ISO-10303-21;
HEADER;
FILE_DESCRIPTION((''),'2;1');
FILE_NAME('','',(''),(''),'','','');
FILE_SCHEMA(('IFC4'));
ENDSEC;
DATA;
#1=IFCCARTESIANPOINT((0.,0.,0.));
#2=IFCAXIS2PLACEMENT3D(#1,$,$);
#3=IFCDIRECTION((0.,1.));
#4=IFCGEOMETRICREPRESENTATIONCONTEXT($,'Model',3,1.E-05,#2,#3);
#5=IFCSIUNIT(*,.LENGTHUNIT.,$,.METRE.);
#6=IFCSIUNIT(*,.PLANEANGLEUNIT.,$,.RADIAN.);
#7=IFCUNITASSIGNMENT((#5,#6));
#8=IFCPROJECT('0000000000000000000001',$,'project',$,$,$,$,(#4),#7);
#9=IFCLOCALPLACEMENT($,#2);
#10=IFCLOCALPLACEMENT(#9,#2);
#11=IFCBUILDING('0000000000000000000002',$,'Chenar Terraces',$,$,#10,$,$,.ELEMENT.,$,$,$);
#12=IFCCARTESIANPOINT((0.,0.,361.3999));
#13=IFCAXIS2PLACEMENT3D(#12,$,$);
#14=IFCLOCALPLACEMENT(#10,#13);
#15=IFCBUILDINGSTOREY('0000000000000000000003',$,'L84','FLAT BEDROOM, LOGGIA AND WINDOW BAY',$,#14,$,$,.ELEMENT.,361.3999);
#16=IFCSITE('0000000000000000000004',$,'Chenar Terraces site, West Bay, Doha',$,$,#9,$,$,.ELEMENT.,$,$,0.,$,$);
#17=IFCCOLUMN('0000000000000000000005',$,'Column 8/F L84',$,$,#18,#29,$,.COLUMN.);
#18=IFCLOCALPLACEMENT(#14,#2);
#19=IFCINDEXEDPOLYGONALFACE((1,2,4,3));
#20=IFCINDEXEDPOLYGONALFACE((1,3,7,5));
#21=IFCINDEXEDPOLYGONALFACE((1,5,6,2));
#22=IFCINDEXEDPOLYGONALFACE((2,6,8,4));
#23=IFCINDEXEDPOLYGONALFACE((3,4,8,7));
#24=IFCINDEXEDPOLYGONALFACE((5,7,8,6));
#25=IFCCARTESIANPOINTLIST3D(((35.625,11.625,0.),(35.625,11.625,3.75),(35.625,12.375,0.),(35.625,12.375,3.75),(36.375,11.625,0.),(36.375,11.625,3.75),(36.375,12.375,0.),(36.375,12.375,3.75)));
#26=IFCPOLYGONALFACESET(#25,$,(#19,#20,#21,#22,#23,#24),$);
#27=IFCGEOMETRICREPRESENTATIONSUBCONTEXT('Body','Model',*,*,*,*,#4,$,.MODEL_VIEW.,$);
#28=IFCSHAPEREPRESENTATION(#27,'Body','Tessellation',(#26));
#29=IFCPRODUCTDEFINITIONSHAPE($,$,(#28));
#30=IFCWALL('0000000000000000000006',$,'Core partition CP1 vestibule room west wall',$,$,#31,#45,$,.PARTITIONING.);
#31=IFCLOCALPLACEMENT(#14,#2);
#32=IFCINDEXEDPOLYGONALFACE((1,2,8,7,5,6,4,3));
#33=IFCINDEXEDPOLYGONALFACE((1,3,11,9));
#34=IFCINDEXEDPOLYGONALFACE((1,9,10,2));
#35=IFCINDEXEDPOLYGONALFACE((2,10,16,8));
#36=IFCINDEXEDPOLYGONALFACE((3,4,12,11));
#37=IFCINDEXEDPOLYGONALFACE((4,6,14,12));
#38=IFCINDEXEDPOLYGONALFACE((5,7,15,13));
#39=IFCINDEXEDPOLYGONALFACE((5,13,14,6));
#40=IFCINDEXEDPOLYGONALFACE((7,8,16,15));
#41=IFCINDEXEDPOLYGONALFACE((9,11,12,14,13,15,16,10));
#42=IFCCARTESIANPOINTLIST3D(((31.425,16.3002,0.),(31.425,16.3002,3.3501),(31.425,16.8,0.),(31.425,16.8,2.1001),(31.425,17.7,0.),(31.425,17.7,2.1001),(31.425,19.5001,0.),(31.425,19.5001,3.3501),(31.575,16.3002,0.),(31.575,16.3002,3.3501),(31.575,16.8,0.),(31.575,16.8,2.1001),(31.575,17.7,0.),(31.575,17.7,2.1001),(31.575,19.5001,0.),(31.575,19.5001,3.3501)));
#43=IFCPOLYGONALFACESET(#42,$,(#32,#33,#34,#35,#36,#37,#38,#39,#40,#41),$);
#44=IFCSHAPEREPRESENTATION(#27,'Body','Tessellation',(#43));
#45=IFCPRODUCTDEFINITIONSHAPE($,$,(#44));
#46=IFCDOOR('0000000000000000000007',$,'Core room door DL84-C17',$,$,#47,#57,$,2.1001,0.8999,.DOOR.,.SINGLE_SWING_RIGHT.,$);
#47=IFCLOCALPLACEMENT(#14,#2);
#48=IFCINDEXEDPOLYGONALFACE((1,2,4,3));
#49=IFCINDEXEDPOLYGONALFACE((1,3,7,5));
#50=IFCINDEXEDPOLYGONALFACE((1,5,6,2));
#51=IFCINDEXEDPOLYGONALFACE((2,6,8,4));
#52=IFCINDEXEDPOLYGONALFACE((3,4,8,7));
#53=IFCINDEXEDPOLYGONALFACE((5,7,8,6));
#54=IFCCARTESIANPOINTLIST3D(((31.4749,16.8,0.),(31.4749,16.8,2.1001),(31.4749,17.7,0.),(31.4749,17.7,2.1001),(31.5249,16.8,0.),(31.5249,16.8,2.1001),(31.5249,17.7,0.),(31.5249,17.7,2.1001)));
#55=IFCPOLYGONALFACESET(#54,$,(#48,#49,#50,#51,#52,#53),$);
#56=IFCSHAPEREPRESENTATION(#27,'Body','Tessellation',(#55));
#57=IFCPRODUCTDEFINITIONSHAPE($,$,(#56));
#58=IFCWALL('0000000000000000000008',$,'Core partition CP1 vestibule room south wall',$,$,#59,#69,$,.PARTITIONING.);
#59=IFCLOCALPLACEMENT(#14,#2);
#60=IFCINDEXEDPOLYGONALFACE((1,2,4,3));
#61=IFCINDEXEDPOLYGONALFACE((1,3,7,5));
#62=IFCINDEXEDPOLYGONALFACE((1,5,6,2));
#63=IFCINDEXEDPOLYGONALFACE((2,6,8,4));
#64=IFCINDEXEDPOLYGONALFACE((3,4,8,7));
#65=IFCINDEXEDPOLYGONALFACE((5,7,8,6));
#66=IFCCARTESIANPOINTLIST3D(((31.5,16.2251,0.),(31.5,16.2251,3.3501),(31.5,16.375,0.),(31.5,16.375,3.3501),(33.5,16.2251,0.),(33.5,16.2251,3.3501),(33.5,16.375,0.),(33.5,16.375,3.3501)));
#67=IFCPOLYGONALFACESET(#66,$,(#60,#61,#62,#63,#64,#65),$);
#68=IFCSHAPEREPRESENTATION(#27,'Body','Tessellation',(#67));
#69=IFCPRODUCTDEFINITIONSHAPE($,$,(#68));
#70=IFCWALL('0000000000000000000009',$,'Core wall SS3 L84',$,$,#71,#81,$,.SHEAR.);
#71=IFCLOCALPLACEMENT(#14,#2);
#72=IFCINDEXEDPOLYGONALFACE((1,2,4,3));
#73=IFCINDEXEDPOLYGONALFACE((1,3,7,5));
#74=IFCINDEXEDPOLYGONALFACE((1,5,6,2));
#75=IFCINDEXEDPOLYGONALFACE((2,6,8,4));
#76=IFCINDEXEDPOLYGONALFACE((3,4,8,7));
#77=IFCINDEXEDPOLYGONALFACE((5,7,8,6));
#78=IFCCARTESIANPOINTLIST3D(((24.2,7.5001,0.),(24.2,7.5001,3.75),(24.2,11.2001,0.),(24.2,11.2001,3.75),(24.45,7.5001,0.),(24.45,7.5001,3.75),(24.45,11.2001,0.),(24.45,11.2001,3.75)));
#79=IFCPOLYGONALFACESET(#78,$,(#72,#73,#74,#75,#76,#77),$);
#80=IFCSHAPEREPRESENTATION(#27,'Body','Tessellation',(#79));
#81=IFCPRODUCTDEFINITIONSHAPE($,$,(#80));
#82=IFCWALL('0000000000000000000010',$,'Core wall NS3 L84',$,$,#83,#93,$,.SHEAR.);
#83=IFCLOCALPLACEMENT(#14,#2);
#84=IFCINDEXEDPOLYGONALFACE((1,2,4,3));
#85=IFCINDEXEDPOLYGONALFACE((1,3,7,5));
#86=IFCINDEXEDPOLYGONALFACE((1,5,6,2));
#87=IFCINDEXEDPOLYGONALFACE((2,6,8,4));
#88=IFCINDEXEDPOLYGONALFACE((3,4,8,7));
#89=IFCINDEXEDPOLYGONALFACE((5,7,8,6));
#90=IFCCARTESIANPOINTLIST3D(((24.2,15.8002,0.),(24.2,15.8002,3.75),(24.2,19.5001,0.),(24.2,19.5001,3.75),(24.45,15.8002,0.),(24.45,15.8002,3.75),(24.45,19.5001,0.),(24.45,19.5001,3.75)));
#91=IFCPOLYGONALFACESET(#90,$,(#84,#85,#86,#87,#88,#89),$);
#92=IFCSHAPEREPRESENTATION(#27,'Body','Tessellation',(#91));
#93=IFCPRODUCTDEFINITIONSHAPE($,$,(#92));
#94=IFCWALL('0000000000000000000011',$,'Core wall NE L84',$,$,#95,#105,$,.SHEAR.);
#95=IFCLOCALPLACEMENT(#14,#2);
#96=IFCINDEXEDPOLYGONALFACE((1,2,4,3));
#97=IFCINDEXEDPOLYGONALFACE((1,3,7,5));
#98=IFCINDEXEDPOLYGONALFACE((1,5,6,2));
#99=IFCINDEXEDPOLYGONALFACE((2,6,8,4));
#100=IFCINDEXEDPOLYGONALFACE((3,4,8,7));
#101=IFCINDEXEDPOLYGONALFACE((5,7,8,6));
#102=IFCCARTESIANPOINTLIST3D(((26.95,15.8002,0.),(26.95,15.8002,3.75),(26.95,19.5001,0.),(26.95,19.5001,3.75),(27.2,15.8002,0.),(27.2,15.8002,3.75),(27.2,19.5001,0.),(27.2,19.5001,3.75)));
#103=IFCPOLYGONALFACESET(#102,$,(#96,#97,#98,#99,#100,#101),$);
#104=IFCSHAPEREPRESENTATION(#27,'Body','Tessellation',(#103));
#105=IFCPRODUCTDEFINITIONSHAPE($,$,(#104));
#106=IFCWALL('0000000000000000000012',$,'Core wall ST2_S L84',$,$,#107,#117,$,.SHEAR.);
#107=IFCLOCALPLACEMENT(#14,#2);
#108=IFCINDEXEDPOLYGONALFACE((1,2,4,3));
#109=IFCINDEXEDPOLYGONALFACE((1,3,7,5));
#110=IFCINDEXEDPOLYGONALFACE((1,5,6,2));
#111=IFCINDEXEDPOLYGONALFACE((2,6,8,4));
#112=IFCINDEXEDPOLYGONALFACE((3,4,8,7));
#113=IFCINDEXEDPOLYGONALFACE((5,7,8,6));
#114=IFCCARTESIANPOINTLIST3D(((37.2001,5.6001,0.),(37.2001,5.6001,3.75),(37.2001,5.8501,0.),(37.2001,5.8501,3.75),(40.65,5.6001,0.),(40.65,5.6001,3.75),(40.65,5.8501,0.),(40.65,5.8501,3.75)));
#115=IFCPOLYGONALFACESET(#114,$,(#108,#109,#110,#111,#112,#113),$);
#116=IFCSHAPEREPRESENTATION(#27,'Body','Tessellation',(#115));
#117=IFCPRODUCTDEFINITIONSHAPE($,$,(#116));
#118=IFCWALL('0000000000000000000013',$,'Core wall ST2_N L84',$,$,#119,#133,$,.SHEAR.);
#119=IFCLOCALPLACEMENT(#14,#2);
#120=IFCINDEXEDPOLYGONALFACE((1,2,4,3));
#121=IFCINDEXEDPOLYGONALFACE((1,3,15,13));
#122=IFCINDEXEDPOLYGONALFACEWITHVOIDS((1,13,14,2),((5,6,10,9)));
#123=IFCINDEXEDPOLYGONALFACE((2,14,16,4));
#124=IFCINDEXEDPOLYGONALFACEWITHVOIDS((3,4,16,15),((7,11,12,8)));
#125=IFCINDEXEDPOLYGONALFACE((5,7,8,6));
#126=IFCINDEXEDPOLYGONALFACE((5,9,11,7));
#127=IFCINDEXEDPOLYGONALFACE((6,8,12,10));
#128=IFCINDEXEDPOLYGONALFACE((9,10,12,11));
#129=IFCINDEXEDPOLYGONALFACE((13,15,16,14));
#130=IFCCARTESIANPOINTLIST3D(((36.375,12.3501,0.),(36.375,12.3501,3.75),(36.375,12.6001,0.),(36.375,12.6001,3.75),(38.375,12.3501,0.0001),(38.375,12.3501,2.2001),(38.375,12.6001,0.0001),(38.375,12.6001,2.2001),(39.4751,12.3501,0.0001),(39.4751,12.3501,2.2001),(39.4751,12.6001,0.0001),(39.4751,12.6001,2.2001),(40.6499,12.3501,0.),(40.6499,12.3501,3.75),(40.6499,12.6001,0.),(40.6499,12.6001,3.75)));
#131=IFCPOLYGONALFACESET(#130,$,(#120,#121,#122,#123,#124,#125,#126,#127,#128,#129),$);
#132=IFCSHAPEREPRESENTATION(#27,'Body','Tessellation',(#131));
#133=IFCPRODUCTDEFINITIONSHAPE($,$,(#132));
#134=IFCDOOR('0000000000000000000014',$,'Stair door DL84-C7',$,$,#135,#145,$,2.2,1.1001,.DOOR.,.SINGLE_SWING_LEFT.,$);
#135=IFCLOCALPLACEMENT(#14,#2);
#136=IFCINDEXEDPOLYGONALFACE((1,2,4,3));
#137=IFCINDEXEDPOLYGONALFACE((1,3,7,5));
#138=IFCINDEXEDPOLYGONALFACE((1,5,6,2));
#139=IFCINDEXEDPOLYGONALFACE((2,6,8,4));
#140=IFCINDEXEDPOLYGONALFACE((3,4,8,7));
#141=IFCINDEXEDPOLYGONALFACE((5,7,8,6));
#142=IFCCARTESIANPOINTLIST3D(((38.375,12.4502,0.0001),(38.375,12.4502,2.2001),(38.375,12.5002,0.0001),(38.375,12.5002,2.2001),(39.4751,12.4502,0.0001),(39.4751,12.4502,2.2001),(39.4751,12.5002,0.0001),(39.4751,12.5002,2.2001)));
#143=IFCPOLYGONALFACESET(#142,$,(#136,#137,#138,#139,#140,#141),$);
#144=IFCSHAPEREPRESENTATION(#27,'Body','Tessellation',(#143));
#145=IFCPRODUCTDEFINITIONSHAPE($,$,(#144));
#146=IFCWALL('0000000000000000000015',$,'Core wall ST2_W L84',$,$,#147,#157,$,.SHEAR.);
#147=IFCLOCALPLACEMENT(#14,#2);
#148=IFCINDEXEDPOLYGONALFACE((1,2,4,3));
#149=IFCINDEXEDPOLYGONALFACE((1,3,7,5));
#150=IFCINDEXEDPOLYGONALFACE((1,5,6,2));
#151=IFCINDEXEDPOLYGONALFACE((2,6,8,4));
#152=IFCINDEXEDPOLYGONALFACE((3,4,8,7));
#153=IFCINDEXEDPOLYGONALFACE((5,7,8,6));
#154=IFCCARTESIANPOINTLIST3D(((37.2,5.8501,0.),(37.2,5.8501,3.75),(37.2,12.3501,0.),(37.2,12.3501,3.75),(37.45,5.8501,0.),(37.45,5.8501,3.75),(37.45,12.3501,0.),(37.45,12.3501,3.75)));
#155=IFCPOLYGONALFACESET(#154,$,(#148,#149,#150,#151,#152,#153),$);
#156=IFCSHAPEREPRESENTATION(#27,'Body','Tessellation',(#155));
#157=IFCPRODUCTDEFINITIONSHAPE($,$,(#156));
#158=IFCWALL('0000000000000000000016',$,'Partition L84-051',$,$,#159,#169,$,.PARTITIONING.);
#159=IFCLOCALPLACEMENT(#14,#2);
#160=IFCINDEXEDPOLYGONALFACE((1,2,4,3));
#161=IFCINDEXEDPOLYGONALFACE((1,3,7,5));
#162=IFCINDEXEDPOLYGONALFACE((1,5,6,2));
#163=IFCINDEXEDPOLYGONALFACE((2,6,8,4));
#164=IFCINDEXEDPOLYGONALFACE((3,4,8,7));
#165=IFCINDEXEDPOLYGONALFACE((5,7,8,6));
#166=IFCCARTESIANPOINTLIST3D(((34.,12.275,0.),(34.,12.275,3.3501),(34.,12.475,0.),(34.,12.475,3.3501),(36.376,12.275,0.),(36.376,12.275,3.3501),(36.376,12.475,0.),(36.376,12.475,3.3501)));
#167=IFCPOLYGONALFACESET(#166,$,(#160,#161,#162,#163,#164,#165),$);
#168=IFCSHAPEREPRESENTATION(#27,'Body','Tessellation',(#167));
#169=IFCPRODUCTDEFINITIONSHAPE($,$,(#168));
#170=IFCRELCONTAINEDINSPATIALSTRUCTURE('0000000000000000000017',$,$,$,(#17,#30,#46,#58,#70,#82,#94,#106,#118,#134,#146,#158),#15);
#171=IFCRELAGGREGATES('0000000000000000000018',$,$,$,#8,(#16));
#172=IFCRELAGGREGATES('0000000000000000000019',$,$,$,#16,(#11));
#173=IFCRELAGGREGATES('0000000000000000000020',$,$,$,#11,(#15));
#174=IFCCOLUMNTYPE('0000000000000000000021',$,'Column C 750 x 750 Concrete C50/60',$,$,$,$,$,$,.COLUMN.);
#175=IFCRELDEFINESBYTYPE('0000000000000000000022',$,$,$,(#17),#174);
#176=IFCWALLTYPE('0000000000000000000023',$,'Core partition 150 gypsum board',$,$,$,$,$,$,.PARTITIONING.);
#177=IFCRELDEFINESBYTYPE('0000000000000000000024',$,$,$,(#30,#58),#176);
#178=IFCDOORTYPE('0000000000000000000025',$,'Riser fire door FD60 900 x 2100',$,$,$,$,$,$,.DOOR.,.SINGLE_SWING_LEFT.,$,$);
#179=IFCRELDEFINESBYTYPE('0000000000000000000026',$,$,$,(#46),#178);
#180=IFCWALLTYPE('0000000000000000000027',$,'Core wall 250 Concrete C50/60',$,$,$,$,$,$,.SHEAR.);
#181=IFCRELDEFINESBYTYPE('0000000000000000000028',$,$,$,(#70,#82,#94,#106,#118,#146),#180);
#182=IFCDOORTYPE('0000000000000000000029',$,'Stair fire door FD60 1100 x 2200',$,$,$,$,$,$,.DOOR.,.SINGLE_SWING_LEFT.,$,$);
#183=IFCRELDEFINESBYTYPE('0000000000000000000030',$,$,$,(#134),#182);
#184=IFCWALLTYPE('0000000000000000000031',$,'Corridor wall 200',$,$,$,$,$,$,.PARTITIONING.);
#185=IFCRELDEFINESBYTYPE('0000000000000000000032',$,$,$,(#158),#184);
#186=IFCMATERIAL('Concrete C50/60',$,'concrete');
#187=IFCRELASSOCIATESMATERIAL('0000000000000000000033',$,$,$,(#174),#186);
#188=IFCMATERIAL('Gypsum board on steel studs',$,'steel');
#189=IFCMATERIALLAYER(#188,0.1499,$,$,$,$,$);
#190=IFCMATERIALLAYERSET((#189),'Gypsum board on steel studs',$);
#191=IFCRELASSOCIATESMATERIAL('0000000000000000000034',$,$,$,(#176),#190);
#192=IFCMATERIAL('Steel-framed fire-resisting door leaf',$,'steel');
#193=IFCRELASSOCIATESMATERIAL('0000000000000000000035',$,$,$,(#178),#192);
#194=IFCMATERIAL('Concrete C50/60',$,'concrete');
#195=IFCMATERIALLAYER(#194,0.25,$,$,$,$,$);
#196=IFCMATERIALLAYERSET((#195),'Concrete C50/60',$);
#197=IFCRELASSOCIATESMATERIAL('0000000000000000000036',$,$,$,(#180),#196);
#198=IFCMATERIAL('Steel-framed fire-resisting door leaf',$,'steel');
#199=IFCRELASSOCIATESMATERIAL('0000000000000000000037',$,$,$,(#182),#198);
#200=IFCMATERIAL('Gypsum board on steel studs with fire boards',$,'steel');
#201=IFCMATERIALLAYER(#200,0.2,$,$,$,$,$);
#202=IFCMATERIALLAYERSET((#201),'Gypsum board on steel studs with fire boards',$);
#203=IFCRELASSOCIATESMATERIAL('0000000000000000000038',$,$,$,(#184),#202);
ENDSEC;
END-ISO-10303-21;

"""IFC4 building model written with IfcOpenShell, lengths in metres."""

from ifc_helpers import new_model, si_unit, direction, frame, frame_2d, origin, origin_2d, place, context, subcontext, project, spatial, rectangle, extrude, material, layer, layer_set, material_profile, profile_set, type_object, element, fill, save


model = new_model("IFC4")

# Units and contexts
model_context = context("Model", 3, precision=1e-05, world=origin(), true_north=direction((0.0, 1.0)))
body_context = subcontext(model_context, "Body", "Model", "MODEL_VIEW")
ifc_project = project(units=[si_unit("LENGTHUNIT", "METRE"), si_unit("PLANEANGLEUNIT", "RADIAN")], contexts=[model_context])

# Site, building, storey
site_placement = place(None, origin())
site = spatial("IfcSite", under=ifc_project, at=site_placement, Name="Chenar Terraces site, West Bay, Doha", CompositionType="ELEMENT", RefElevation=0.0)
building_placement = place(site_placement, origin())
building = spatial("IfcBuilding", under=site, at=building_placement, Name="Chenar Terraces", CompositionType="ELEMENT")
storey_placement = place(building_placement, frame((0.0, 0.0, 361.3999)))
storey = spatial("IfcBuildingStorey", under=building, at=storey_placement, Name="L84", Description="FLAT BEDROOM, LOGGIA AND WINDOW BAY", CompositionType="ELEMENT", Elevation=361.3999)

# Column
ifc_material_1 = material(Name="Concrete C50/60", Category="concrete")
ifc_material_profile = material_profile(ifc_material_1, rectangle(XDim=0.75, YDim=0.75, at=origin_2d()), Name="C 750 x 750")
ifc_profile_set = profile_set([ifc_material_profile], Name="Concrete C50/60")
column_type = type_object("IfcColumnType", Name="Column C 750 x 750 Concrete C50/60", PredefinedType="COLUMN", material=ifc_profile_set)
column_placement = place(storey_placement, frame((36.0, 12.0, 0.0), z_axis=(0.0, 0.0, 1.0), x_axis=(1.0, 0.0, 0.0)))
element("IfcColumn", 1, at=column_placement, inside=storey, type_object=column_type, Name="Column 8/F L84", PredefinedType="COLUMN", context=body_context, shape_type="SweptSolid", body=[
    extrude(rectangle(XDim=0.75, YDim=0.75, at=origin_2d()), origin(), (0.0, 0.0, 1.0), 3.75),
])

# Wall, opening, door
ifc_material_2 = material(Name="Gypsum board on steel studs", Category="steel")
ifc_layer_1 = layer(ifc_material_2, 0.1499)
ifc_layer_set_1 = layer_set([ifc_layer_1], Name="Gypsum board on steel studs")
wall_type_1 = type_object("IfcWallType", Name="Core partition 150 gypsum board", PredefinedType="PARTITIONING", material=ifc_layer_set_1)
wall_1_placement = place(storey_placement, frame((31.5, 16.3, 0.0), z_axis=(0.0, 0.0, 1.0), x_axis=(0.0, 1.0, 0.0)))
wall_1 = element("IfcWall", 2, at=wall_1_placement, inside=storey, type_object=wall_type_1, Name="Core partition CP1 vestibule room west wall", PredefinedType="PARTITIONING", context=body_context, shape_type="SweptSolid", body=[
    extrude(rectangle(XDim=3.2, YDim=0.1499, at=frame_2d((1.6001, 0.0))), origin(), (0.0, 0.0, 1.0), 3.3501),
])
opening_1_placement = place(wall_1_placement, frame((0.5, 0.0, 0.0)))
opening_1 = element("IfcOpeningElement", 3, at=opening_1_placement, cuts=wall_1, PredefinedType="OPENING", context=body_context, shape_type="SweptSolid", body=[
    extrude(rectangle(XDim=0.8999, YDim=2.1001, at=frame_2d((0.45, 1.05))), frame((0.0, 0.085, 0.0), z_axis=(0.0, -1.0, 0.0), x_axis=(1.0, 0.0, 0.0)), (0.0, 0.0, 1.0), 0.1699),
])
ifc_material_3 = material(Name="Steel-framed fire-resisting door leaf", Category="steel")
door_type_1 = type_object("IfcDoorType", Name="Riser fire door FD60 900 x 2100", OperationType="SINGLE_SWING_LEFT", PredefinedType="DOOR", material=ifc_material_3)
door_1_placement = place(opening_1_placement, frame((0.8999, 0.0, 0.0), z_axis=(0.0, 0.0, 1.0), x_axis=(-1.0, 0.0, 0.0)))
door_1 = element("IfcDoor", 4, at=door_1_placement, inside=storey, type_object=door_type_1, Name="Core room door DL84-C17", OperationType="SINGLE_SWING_RIGHT", OverallHeight=2.1001, OverallWidth=0.8999, PredefinedType="DOOR", context=body_context, shape_type="SweptSolid", body=[
    extrude(rectangle(XDim=0.8999, YDim=2.1001, at=frame_2d((0.45, 1.05))), frame((0.0, 0.0249, 0.0), z_axis=(0.0, -1.0, 0.0), x_axis=(1.0, 0.0, 0.0)), (0.0, 0.0, 1.0), 0.05),
])
fill(opening_1, door_1)

# Walls
wall_2_placement = place(storey_placement, frame((31.5, 16.3, 0.0), z_axis=(0.0, 0.0, 1.0), x_axis=(1.0, 0.0, 0.0)))
element("IfcWall", 5, at=wall_2_placement, inside=storey, type_object=wall_type_1, Name="Core partition CP1 vestibule room south wall", PredefinedType="PARTITIONING", context=body_context, shape_type="SweptSolid", body=[
    extrude(rectangle(XDim=2.0, YDim=0.1499, at=frame_2d((1.0, 0.0))), origin(), (0.0, 0.0, 1.0), 3.3501),
])
ifc_material_4 = material(Name="Concrete C50/60", Category="concrete")
ifc_layer_2 = layer(ifc_material_4, 0.25)
ifc_layer_set_2 = layer_set([ifc_layer_2], Name="Concrete C50/60")
wall_type_2 = type_object("IfcWallType", Name="Core wall 250 Concrete C50/60", PredefinedType="SHEAR", material=ifc_layer_set_2)
for number, where, z_axis, x_axis, name in (
    (6, (24.325, 7.5, 0.0), (0.0, 0.0, 1.0), (0.0, 1.0, 0.0), "Core wall SS3 L84"),
    (7, (24.325, 15.8, 0.0), (0.0, 0.0, 1.0), (0.0, 1.0, 0.0), "Core wall NS3 L84"),
    (8, (27.075, 15.8, 0.0), (0.0, 0.0, 1.0), (0.0, 1.0, 0.0), "Core wall NE L84"),
):
    element("IfcWall", number, at=place(storey_placement, frame(where, z_axis=z_axis, x_axis=x_axis)), inside=storey, type_object=wall_type_2, Name=name, PredefinedType="SHEAR", context=body_context, shape_type="SweptSolid", body=[
        extrude(rectangle(XDim=3.7, YDim=0.25, at=frame_2d((1.8501, 0.0))), origin(), (0.0, 0.0, 1.0), 3.75),
    ])
wall_3_placement = place(storey_placement, frame((37.2, 5.7251, 0.0), z_axis=(0.0, 0.0, 1.0), x_axis=(1.0, 0.0, 0.0)))
element("IfcWall", 9, at=wall_3_placement, inside=storey, type_object=wall_type_2, Name="Core wall ST2_S L84", PredefinedType="SHEAR", context=body_context, shape_type="SweptSolid", body=[
    extrude(rectangle(XDim=3.45, YDim=0.25, at=frame_2d((1.7251, 0.0))), origin(), (0.0, 0.0, 1.0), 3.75),
])

# Wall, opening, door
wall_4_placement = place(storey_placement, frame((36.375, 12.4751, 0.0), z_axis=(0.0, 0.0, 1.0), x_axis=(1.0, 0.0, 0.0)))
wall_4 = element("IfcWall", 10, at=wall_4_placement, inside=storey, type_object=wall_type_2, Name="Core wall ST2_N L84", PredefinedType="SHEAR", context=body_context, shape_type="SweptSolid", body=[
    extrude(rectangle(XDim=4.2749, YDim=0.25, at=frame_2d((2.1375, 0.0))), origin(), (0.0, 0.0, 1.0), 3.75),
])
opening_2_placement = place(wall_4_placement, frame((2.0, 0.0, 0.0)))
opening_2 = element("IfcOpeningElement", 11, at=opening_2_placement, cuts=wall_4, PredefinedType="OPENING", context=body_context, shape_type="SweptSolid", body=[
    extrude(rectangle(XDim=1.1001, YDim=2.2, at=frame_2d((0.55, 1.1001))), frame((0.0, 0.135, 0.0), z_axis=(0.0, -1.0, 0.0), x_axis=(1.0, 0.0, 0.0)), (0.0, 0.0, 1.0), 0.27),
])
ifc_material_5 = material(Name="Steel-framed fire-resisting door leaf", Category="steel")
door_type_2 = type_object("IfcDoorType", Name="Stair fire door FD60 1100 x 2200", OperationType="SINGLE_SWING_LEFT", PredefinedType="DOOR", material=ifc_material_5)
door_2_placement = place(opening_2_placement, frame((1.1001, 0.0, 0.0), z_axis=(0.0, 0.0, 1.0), x_axis=(-1.0, 0.0, 0.0)))
door_2 = element("IfcDoor", 12, at=door_2_placement, inside=storey, type_object=door_type_2, Name="Stair door DL84-C7", OperationType="SINGLE_SWING_LEFT", OverallHeight=2.2, OverallWidth=1.1001, PredefinedType="DOOR", context=body_context, shape_type="SweptSolid", body=[
    extrude(rectangle(XDim=1.1001, YDim=2.2, at=frame_2d((0.55, 1.1001))), frame((0.0, 0.0249, 0.0), z_axis=(0.0, -1.0, 0.0), x_axis=(1.0, 0.0, 0.0)), (0.0, 0.0, 1.0), 0.05),
])
fill(opening_2, door_2)

# Wall
wall_5_placement = place(storey_placement, frame((37.325, 5.8501, 0.0), z_axis=(0.0, 0.0, 1.0), x_axis=(0.0, 1.0, 0.0)))
element("IfcWall", 13, at=wall_5_placement, inside=storey, type_object=wall_type_2, Name="Core wall ST2_W L84", PredefinedType="SHEAR", context=body_context, shape_type="SweptSolid", body=[
    extrude(rectangle(XDim=6.5, YDim=0.25, at=frame_2d((3.25, 0.0))), origin(), (0.0, 0.0, 1.0), 3.75),
])

# Wall
ifc_material_6 = material(Name="Gypsum board on steel studs with fire boards", Category="steel")
ifc_layer_3 = layer(ifc_material_6, 0.2)
ifc_layer_set_3 = layer_set([ifc_layer_3], Name="Gypsum board on steel studs with fire boards")
wall_type_3 = type_object("IfcWallType", Name="Corridor wall 200", PredefinedType="PARTITIONING", material=ifc_layer_set_3)
wall_6_placement = place(storey_placement, frame((34.0, 12.375, 0.0), z_axis=(0.0, 0.0, 1.0), x_axis=(1.0, 0.0, 0.0)))
element("IfcWall", 14, at=wall_6_placement, inside=storey, type_object=wall_type_3, Name="Partition L84-051", PredefinedType="PARTITIONING", context=body_context, shape_type="SweptSolid", body=[
    extrude(rectangle(XDim=2.376, YDim=0.2, at=frame_2d((1.188, 0.0))), origin(), (0.0, 0.0, 1.0), 3.3501),
])

save(model, "model.ifc")
